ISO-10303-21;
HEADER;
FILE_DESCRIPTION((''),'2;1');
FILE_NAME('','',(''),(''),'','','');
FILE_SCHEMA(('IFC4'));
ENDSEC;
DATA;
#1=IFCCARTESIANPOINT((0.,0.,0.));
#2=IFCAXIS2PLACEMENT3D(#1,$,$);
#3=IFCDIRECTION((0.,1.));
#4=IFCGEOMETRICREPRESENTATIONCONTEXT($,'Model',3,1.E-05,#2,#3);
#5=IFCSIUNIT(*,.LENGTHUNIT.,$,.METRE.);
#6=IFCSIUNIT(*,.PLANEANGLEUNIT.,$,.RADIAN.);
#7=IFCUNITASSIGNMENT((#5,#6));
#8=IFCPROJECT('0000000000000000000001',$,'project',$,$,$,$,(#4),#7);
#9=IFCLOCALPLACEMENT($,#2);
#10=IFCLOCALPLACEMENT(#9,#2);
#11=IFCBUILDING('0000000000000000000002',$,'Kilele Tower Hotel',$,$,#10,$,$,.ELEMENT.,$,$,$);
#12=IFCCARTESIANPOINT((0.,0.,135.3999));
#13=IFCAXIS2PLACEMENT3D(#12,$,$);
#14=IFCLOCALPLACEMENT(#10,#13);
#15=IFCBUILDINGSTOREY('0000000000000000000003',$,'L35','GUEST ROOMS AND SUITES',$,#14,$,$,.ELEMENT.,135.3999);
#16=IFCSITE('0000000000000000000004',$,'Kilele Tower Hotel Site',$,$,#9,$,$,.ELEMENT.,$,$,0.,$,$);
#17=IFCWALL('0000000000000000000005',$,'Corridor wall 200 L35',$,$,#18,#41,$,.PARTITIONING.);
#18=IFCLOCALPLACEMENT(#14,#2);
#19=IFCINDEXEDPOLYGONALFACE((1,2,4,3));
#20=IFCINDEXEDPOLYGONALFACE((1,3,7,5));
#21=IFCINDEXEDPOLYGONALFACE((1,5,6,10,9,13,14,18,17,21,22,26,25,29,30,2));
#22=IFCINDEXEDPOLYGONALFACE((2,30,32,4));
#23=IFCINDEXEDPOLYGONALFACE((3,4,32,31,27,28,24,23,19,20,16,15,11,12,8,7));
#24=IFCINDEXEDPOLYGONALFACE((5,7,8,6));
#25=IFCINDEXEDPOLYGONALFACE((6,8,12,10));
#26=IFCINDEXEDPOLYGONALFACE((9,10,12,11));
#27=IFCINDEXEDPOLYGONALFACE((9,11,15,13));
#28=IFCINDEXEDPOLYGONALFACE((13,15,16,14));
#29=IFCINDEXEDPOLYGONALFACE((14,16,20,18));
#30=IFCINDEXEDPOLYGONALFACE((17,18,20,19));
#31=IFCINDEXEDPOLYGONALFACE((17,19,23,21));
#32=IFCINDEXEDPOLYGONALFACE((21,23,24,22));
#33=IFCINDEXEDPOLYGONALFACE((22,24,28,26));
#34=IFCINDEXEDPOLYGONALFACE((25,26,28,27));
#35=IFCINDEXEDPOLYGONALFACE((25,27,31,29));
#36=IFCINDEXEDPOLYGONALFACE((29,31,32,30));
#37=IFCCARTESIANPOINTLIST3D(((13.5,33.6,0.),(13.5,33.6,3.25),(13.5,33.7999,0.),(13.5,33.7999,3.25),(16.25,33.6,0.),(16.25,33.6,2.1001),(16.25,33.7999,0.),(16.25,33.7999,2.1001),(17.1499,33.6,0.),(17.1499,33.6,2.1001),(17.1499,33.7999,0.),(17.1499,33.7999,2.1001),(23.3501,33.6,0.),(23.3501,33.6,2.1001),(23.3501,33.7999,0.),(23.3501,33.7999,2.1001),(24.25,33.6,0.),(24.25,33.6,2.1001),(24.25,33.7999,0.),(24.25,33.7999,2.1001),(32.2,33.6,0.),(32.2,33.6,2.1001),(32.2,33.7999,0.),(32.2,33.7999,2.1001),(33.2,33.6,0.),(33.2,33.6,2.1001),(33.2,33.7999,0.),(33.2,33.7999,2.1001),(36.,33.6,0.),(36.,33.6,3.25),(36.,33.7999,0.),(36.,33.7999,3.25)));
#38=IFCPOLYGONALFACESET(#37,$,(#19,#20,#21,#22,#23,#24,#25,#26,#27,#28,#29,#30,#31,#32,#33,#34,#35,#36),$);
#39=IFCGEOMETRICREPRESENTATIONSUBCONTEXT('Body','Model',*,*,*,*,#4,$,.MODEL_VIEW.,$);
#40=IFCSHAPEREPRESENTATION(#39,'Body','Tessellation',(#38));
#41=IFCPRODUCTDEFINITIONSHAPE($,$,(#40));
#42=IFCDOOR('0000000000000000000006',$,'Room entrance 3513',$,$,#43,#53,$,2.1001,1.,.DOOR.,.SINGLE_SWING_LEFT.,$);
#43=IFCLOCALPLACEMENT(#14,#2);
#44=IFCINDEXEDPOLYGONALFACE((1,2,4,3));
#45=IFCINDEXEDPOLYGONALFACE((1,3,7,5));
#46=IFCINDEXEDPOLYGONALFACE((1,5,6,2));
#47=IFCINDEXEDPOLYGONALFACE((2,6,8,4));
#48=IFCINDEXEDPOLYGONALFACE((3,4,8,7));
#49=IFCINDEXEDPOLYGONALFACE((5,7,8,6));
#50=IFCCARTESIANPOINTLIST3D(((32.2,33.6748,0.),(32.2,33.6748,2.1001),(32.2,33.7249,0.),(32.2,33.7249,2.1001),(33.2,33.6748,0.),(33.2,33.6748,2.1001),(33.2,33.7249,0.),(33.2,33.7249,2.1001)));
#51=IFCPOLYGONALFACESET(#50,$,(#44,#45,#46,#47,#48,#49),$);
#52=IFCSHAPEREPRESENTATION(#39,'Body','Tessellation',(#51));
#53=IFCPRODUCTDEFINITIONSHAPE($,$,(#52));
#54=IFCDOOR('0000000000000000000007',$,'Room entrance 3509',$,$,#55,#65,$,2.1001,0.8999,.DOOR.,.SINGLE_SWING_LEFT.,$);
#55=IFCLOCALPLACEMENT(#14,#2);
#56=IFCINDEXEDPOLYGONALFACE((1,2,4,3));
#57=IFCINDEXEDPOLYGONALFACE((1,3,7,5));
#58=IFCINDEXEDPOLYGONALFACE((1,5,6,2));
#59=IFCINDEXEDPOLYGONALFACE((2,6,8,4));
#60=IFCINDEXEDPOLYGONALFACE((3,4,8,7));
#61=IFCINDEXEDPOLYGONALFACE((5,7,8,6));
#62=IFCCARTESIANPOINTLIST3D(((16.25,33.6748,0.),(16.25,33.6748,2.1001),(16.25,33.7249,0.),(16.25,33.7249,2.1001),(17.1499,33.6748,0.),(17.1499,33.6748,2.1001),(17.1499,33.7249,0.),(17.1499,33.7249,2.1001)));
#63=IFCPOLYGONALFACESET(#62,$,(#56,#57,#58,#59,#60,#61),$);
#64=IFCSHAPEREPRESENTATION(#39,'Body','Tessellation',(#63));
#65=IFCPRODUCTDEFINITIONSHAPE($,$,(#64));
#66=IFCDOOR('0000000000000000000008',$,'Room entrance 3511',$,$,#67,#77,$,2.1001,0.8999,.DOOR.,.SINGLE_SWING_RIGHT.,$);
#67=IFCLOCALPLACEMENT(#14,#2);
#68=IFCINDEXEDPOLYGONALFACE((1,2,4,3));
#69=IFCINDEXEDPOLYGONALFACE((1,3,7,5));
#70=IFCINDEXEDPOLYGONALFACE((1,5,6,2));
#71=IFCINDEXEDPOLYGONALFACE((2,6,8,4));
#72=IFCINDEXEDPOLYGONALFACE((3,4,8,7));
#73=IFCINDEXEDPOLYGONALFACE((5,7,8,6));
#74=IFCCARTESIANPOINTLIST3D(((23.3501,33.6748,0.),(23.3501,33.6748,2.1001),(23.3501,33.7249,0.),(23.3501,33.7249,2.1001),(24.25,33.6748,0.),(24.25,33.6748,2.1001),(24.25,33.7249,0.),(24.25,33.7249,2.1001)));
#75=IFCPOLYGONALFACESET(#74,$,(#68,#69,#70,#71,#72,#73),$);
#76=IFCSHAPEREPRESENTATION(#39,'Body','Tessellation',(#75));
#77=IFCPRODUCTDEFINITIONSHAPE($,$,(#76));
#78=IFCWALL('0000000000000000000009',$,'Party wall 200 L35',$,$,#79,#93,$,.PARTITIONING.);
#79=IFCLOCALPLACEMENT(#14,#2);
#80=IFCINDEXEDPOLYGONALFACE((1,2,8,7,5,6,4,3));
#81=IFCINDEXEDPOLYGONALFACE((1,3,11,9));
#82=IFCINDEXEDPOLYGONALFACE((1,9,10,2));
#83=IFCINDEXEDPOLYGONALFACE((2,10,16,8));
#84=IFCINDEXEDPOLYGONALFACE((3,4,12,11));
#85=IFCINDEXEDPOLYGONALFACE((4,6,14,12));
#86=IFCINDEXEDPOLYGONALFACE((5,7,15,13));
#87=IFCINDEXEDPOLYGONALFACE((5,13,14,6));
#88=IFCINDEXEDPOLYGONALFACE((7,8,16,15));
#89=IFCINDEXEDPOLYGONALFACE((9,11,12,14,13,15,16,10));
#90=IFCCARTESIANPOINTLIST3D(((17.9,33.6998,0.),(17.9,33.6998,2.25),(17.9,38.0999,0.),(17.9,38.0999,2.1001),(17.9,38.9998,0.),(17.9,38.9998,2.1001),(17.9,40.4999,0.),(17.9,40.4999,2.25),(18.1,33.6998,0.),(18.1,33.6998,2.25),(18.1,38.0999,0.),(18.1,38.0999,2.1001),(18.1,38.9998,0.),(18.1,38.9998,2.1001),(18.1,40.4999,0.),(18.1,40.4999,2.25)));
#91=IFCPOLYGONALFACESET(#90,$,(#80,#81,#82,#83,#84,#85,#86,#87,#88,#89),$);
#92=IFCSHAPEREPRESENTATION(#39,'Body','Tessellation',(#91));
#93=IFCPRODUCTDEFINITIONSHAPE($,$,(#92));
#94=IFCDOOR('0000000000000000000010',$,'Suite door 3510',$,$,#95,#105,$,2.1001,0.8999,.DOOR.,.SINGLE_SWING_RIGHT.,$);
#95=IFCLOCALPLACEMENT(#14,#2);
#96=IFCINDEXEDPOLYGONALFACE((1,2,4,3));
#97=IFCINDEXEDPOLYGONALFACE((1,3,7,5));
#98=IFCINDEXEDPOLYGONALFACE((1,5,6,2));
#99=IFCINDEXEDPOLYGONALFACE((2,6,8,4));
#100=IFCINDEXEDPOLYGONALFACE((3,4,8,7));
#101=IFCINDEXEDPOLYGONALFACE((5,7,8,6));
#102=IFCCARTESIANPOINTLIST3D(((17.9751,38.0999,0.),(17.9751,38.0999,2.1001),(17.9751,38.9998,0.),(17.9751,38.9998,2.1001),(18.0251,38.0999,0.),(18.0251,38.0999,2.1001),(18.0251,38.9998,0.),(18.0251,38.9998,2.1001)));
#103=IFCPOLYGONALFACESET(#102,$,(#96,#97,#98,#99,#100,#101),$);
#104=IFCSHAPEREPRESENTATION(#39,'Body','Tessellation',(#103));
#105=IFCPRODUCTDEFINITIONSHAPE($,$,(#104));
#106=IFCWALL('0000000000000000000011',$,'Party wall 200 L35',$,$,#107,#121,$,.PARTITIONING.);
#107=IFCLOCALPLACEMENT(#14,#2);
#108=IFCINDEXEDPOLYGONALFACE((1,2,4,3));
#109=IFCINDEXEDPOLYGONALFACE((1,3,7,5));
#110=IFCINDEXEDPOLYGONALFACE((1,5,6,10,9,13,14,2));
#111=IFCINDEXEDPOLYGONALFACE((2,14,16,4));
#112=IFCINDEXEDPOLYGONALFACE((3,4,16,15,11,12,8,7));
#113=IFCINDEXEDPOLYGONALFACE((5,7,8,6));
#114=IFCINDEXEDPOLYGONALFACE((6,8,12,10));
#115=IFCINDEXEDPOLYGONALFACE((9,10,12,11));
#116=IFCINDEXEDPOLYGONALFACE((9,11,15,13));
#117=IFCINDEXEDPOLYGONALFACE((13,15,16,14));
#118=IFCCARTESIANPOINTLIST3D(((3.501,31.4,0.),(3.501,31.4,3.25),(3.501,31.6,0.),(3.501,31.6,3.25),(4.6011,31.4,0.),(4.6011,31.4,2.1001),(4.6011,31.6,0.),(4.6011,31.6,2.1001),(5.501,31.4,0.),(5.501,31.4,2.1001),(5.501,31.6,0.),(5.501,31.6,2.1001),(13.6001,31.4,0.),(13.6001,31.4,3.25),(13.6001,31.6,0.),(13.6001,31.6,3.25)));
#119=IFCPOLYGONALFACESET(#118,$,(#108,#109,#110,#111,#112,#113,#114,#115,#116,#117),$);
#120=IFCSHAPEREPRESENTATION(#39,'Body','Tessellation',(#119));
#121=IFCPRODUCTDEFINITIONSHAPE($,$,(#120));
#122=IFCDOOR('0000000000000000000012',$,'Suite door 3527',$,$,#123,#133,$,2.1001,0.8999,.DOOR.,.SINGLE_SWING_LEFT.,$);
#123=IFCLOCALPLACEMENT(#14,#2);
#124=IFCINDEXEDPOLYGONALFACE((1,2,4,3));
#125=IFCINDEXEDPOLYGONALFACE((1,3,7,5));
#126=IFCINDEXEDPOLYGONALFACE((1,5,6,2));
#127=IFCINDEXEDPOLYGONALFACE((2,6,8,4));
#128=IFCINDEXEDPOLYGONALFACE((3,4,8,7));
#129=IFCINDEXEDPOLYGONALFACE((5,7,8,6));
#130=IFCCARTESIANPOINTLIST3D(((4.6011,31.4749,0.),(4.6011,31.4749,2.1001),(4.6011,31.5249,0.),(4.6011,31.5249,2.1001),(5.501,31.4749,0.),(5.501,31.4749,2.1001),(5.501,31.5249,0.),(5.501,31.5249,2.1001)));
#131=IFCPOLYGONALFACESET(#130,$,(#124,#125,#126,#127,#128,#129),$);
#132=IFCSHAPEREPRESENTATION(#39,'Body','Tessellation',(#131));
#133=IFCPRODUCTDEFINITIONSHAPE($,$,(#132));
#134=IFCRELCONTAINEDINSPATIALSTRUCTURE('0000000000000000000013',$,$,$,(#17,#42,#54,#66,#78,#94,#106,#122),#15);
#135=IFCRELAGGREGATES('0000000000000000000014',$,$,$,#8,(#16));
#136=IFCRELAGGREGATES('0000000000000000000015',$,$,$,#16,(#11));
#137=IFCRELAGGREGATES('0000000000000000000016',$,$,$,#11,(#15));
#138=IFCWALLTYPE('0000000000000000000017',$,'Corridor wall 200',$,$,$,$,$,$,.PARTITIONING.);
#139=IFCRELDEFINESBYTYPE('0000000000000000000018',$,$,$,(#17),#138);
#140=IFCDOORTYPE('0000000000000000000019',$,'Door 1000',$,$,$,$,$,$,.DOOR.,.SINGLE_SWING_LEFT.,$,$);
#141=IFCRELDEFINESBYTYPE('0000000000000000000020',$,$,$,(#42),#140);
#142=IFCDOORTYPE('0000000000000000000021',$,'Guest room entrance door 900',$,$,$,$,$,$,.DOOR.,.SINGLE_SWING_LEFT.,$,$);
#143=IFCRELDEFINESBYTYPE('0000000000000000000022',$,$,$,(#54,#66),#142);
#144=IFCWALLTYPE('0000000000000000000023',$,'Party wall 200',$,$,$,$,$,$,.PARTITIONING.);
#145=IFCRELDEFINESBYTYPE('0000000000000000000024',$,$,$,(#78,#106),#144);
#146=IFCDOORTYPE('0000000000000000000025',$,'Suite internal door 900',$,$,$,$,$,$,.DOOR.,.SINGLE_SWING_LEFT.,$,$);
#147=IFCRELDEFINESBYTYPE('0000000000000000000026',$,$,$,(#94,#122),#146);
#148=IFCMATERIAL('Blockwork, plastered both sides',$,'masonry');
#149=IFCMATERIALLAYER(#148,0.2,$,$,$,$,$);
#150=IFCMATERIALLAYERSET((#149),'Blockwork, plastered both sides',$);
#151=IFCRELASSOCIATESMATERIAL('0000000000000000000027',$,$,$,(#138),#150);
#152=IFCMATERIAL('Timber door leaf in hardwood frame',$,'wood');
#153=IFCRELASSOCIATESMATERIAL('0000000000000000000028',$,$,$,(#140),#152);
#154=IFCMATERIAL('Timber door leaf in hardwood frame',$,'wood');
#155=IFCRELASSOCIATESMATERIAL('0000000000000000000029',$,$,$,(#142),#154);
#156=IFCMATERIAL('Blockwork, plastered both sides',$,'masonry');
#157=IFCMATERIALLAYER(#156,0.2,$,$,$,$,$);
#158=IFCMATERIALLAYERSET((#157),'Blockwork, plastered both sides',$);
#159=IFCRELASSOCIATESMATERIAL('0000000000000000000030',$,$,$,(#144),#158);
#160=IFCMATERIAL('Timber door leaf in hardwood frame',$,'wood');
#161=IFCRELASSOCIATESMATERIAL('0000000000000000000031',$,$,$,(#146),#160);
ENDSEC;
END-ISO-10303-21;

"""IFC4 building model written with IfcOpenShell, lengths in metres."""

from ifc_helpers import new_model, si_unit, direction, frame, frame_2d, origin, place, context, subcontext, project, spatial, rectangle, extrude, material, layer, layer_set, type_object, element, fill, save


model = new_model("IFC4")

# Units and contexts
model_context = context("Model", 3, precision=1e-05, world=origin(), true_north=direction((0.0, 1.0)))
body_context = subcontext(model_context, "Body", "Model", "MODEL_VIEW")
ifc_project = project(units=[si_unit("LENGTHUNIT", "METRE"), si_unit("PLANEANGLEUNIT", "RADIAN")], contexts=[model_context])

# Site, building, storey
site_placement = place(None, origin())
site = spatial("IfcSite", under=ifc_project, at=site_placement, Name="Kilele Tower Hotel Site", CompositionType="ELEMENT", RefElevation=0.0)
building_placement = place(site_placement, origin())
building = spatial("IfcBuilding", under=site, at=building_placement, Name="Kilele Tower Hotel", CompositionType="ELEMENT")
storey_placement = place(building_placement, frame((0.0, 0.0, 135.3999)))
storey = spatial("IfcBuildingStorey", under=building, at=storey_placement, Name="L35", Description="GUEST ROOMS AND SUITES", CompositionType="ELEMENT", Elevation=135.3999)

# Wall, openings, doors
ifc_material_1 = material(Name="Blockwork, plastered both sides", Category="masonry")
ifc_layer_1 = layer(ifc_material_1, 0.2)
ifc_layer_set_1 = layer_set([ifc_layer_1], Name="Blockwork, plastered both sides")
wall_type_1 = type_object("IfcWallType", Name="Corridor wall 200", PredefinedType="PARTITIONING", material=ifc_layer_set_1)
wall_1_placement = place(storey_placement, frame((13.5, 33.7, 0.0), z_axis=(0.0, 0.0, 1.0), x_axis=(1.0, 0.0, 0.0)))
wall_1 = element("IfcWall", 1, at=wall_1_placement, inside=storey, type_object=wall_type_1, Name="Corridor wall 200 L35", PredefinedType="PARTITIONING", context=body_context, shape_type="SweptSolid", body=[
    extrude(rectangle(XDim=22.5, YDim=0.2, at=frame_2d((11.25, 0.0))), origin(), (0.0, 0.0, 1.0), 3.25),
])
opening_1_placement = place(wall_1_placement, frame((2.75, 0.0, 0.0)))
opening_1 = element("IfcOpeningElement", 2, at=opening_1_placement, cuts=wall_1, PredefinedType="OPENING", context=body_context, shape_type="SweptSolid", body=[
    extrude(rectangle(XDim=0.8999, YDim=2.1001, at=frame_2d((0.45, 1.05))), frame((0.0, 0.1099, 0.0), z_axis=(0.0, -1.0, 0.0), x_axis=(1.0, 0.0, 0.0)), (0.0, 0.0, 1.0), 0.22),
])
opening_2_placement = place(wall_1_placement, frame((9.8501, 0.0, 0.0)))
opening_2 = element("IfcOpeningElement", 3, at=opening_2_placement, cuts=wall_1, PredefinedType="OPENING", context=body_context, shape_type="SweptSolid", body=[
    extrude(rectangle(XDim=0.8999, YDim=2.1001, at=frame_2d((0.45, 1.05))), frame((0.0, 0.1099, 0.0), z_axis=(0.0, -1.0, 0.0), x_axis=(1.0, 0.0, 0.0)), (0.0, 0.0, 1.0), 0.22),
])
opening_3_placement = place(wall_1_placement, frame((18.7, 0.0, 0.0)))
opening_3 = element("IfcOpeningElement", 4, at=opening_3_placement, cuts=wall_1, PredefinedType="OPENING", context=body_context, shape_type="SweptSolid", body=[
    extrude(rectangle(XDim=1.0, YDim=2.1001, at=frame_2d((0.5, 1.05))), frame((0.0, 0.1099, 0.0), z_axis=(0.0, -1.0, 0.0), x_axis=(1.0, 0.0, 0.0)), (0.0, 0.0, 1.0), 0.22),
])
ifc_material_2 = material(Name="Timber door leaf in hardwood frame", Category="wood")
door_type_1 = type_object("IfcDoorType", Name="Door 1000", OperationType="SINGLE_SWING_LEFT", PredefinedType="DOOR", material=ifc_material_2)
door_1_placement = place(opening_3_placement, origin())
door_1 = element("IfcDoor", 5, at=door_1_placement, inside=storey, type_object=door_type_1, Name="Room entrance 3513", OperationType="SINGLE_SWING_LEFT", OverallHeight=2.1001, OverallWidth=1.0, PredefinedType="DOOR", context=body_context, shape_type="SweptSolid", body=[
    extrude(rectangle(XDim=1.0, YDim=2.1001, at=frame_2d((0.5, 1.05))), frame((0.0, 0.0249, 0.0), z_axis=(0.0, -1.0, 0.0), x_axis=(1.0, 0.0, 0.0)), (0.0, 0.0, 1.0), 0.05),
])
fill(opening_3, door_1)
ifc_material_3 = material(Name="Timber door leaf in hardwood frame", Category="wood")
door_type_2 = type_object("IfcDoorType", Name="Guest room entrance door 900", OperationType="SINGLE_SWING_LEFT", PredefinedType="DOOR", material=ifc_material_3)
door_2_placement = place(opening_1_placement, origin())
door_2 = element("IfcDoor", 6, at=door_2_placement, inside=storey, type_object=door_type_2, Name="Room entrance 3509", OperationType="SINGLE_SWING_LEFT", OverallHeight=2.1001, OverallWidth=0.8999, PredefinedType="DOOR", context=body_context, shape_type="SweptSolid", body=[
    extrude(rectangle(XDim=0.8999, YDim=2.1001, at=frame_2d((0.45, 1.05))), frame((0.0, 0.0249, 0.0), z_axis=(0.0, -1.0, 0.0), x_axis=(1.0, 0.0, 0.0)), (0.0, 0.0, 1.0), 0.05),
])
fill(opening_1, door_2)
door_3_placement = place(opening_2_placement, origin())
door_3 = element("IfcDoor", 7, at=door_3_placement, inside=storey, type_object=door_type_2, Name="Room entrance 3511", OperationType="SINGLE_SWING_RIGHT", OverallHeight=2.1001, OverallWidth=0.8999, PredefinedType="DOOR", context=body_context, shape_type="SweptSolid", body=[
    extrude(rectangle(XDim=0.8999, YDim=2.1001, at=frame_2d((0.45, 1.05))), frame((0.0, 0.0249, 0.0), z_axis=(0.0, -1.0, 0.0), x_axis=(1.0, 0.0, 0.0)), (0.0, 0.0, 1.0), 0.05),
])
fill(opening_2, door_3)

# Walls, openings, doors
ifc_material_4 = material(Name="Blockwork, plastered both sides", Category="masonry")
ifc_layer_2 = layer(ifc_material_4, 0.2)
ifc_layer_set_2 = layer_set([ifc_layer_2], Name="Blockwork, plastered both sides")
wall_type_2 = type_object("IfcWallType", Name="Party wall 200", PredefinedType="PARTITIONING", material=ifc_layer_set_2)
wall_2_placement = place(storey_placement, frame((18.0, 33.7, 0.0), z_axis=(0.0, 0.0, 1.0), x_axis=(0.0, 1.0, 0.0)))
wall_2 = element("IfcWall", 8, at=wall_2_placement, inside=storey, type_object=wall_type_2, Name="Party wall 200 L35", PredefinedType="PARTITIONING", context=body_context, shape_type="SweptSolid", body=[
    extrude(rectangle(XDim=6.8, YDim=0.2, at=frame_2d((3.3999, 0.0))), origin(), (0.0, 0.0, 1.0), 2.25),
])
opening_4_placement = place(wall_2_placement, frame((4.3999, 0.0, 0.0)))
opening_4 = element("IfcOpeningElement", 9, at=opening_4_placement, cuts=wall_2, PredefinedType="OPENING", context=body_context, shape_type="SweptSolid", body=[
    extrude(rectangle(XDim=0.8999, YDim=2.1001, at=frame_2d((0.45, 1.05))), frame((0.0, 0.1099, 0.0), z_axis=(0.0, -1.0, 0.0), x_axis=(1.0, 0.0, 0.0)), (0.0, 0.0, 1.0), 0.22),
])
ifc_material_5 = material(Name="Timber door leaf in hardwood frame", Category="wood")
door_type_3 = type_object("IfcDoorType", Name="Suite internal door 900", OperationType="SINGLE_SWING_LEFT", PredefinedType="DOOR", material=ifc_material_5)
door_4_placement = place(opening_4_placement, origin())
door_4 = element("IfcDoor", 10, at=door_4_placement, inside=storey, type_object=door_type_3, Name="Suite door 3510", OperationType="SINGLE_SWING_RIGHT", OverallHeight=2.1001, OverallWidth=0.8999, PredefinedType="DOOR", context=body_context, shape_type="SweptSolid", body=[
    extrude(rectangle(XDim=0.8999, YDim=2.1001, at=frame_2d((0.45, 1.05))), frame((0.0, 0.0249, 0.0), z_axis=(0.0, -1.0, 0.0), x_axis=(1.0, 0.0, 0.0)), (0.0, 0.0, 1.0), 0.05),
])
fill(opening_4, door_4)
wall_3_placement = place(storey_placement, frame((13.6001, 31.5, 0.0), z_axis=(0.0, 0.0, 1.0), x_axis=(-1.0, 0.0, 0.0)))
wall_3 = element("IfcWall", 11, at=wall_3_placement, inside=storey, type_object=wall_type_2, Name="Party wall 200 L35", PredefinedType="PARTITIONING", context=body_context, shape_type="SweptSolid", body=[
    extrude(rectangle(XDim=10.0991, YDim=0.2, at=frame_2d((5.0496, 0.0))), origin(), (0.0, 0.0, 1.0), 3.25),
])
opening_5_placement = place(wall_3_placement, frame((8.999, 0.0, 0.0), z_axis=(0.0, 0.0, 1.0), x_axis=(-1.0, 0.0, 0.0)))
opening_5 = element("IfcOpeningElement", 12, at=opening_5_placement, cuts=wall_3, PredefinedType="OPENING", context=body_context, shape_type="SweptSolid", body=[
    extrude(rectangle(XDim=0.8999, YDim=2.1001, at=frame_2d((0.45, 1.05))), frame((0.0, 0.1099, 0.0), z_axis=(0.0, -1.0, 0.0), x_axis=(1.0, 0.0, 0.0)), (0.0, 0.0, 1.0), 0.22),
])
door_5_placement = place(opening_5_placement, origin())
door_5 = element("IfcDoor", 13, at=door_5_placement, inside=storey, type_object=door_type_3, Name="Suite door 3527", OperationType="SINGLE_SWING_LEFT", OverallHeight=2.1001, OverallWidth=0.8999, PredefinedType="DOOR", context=body_context, shape_type="SweptSolid", body=[
    extrude(rectangle(XDim=0.8999, YDim=2.1001, at=frame_2d((0.45, 1.05))), frame((0.0, 0.0249, 0.0), z_axis=(0.0, -1.0, 0.0), x_axis=(1.0, 0.0, 0.0)), (0.0, 0.0, 1.0), 0.05),
])
fill(opening_5, door_5)

save(model, "model.ifc")
